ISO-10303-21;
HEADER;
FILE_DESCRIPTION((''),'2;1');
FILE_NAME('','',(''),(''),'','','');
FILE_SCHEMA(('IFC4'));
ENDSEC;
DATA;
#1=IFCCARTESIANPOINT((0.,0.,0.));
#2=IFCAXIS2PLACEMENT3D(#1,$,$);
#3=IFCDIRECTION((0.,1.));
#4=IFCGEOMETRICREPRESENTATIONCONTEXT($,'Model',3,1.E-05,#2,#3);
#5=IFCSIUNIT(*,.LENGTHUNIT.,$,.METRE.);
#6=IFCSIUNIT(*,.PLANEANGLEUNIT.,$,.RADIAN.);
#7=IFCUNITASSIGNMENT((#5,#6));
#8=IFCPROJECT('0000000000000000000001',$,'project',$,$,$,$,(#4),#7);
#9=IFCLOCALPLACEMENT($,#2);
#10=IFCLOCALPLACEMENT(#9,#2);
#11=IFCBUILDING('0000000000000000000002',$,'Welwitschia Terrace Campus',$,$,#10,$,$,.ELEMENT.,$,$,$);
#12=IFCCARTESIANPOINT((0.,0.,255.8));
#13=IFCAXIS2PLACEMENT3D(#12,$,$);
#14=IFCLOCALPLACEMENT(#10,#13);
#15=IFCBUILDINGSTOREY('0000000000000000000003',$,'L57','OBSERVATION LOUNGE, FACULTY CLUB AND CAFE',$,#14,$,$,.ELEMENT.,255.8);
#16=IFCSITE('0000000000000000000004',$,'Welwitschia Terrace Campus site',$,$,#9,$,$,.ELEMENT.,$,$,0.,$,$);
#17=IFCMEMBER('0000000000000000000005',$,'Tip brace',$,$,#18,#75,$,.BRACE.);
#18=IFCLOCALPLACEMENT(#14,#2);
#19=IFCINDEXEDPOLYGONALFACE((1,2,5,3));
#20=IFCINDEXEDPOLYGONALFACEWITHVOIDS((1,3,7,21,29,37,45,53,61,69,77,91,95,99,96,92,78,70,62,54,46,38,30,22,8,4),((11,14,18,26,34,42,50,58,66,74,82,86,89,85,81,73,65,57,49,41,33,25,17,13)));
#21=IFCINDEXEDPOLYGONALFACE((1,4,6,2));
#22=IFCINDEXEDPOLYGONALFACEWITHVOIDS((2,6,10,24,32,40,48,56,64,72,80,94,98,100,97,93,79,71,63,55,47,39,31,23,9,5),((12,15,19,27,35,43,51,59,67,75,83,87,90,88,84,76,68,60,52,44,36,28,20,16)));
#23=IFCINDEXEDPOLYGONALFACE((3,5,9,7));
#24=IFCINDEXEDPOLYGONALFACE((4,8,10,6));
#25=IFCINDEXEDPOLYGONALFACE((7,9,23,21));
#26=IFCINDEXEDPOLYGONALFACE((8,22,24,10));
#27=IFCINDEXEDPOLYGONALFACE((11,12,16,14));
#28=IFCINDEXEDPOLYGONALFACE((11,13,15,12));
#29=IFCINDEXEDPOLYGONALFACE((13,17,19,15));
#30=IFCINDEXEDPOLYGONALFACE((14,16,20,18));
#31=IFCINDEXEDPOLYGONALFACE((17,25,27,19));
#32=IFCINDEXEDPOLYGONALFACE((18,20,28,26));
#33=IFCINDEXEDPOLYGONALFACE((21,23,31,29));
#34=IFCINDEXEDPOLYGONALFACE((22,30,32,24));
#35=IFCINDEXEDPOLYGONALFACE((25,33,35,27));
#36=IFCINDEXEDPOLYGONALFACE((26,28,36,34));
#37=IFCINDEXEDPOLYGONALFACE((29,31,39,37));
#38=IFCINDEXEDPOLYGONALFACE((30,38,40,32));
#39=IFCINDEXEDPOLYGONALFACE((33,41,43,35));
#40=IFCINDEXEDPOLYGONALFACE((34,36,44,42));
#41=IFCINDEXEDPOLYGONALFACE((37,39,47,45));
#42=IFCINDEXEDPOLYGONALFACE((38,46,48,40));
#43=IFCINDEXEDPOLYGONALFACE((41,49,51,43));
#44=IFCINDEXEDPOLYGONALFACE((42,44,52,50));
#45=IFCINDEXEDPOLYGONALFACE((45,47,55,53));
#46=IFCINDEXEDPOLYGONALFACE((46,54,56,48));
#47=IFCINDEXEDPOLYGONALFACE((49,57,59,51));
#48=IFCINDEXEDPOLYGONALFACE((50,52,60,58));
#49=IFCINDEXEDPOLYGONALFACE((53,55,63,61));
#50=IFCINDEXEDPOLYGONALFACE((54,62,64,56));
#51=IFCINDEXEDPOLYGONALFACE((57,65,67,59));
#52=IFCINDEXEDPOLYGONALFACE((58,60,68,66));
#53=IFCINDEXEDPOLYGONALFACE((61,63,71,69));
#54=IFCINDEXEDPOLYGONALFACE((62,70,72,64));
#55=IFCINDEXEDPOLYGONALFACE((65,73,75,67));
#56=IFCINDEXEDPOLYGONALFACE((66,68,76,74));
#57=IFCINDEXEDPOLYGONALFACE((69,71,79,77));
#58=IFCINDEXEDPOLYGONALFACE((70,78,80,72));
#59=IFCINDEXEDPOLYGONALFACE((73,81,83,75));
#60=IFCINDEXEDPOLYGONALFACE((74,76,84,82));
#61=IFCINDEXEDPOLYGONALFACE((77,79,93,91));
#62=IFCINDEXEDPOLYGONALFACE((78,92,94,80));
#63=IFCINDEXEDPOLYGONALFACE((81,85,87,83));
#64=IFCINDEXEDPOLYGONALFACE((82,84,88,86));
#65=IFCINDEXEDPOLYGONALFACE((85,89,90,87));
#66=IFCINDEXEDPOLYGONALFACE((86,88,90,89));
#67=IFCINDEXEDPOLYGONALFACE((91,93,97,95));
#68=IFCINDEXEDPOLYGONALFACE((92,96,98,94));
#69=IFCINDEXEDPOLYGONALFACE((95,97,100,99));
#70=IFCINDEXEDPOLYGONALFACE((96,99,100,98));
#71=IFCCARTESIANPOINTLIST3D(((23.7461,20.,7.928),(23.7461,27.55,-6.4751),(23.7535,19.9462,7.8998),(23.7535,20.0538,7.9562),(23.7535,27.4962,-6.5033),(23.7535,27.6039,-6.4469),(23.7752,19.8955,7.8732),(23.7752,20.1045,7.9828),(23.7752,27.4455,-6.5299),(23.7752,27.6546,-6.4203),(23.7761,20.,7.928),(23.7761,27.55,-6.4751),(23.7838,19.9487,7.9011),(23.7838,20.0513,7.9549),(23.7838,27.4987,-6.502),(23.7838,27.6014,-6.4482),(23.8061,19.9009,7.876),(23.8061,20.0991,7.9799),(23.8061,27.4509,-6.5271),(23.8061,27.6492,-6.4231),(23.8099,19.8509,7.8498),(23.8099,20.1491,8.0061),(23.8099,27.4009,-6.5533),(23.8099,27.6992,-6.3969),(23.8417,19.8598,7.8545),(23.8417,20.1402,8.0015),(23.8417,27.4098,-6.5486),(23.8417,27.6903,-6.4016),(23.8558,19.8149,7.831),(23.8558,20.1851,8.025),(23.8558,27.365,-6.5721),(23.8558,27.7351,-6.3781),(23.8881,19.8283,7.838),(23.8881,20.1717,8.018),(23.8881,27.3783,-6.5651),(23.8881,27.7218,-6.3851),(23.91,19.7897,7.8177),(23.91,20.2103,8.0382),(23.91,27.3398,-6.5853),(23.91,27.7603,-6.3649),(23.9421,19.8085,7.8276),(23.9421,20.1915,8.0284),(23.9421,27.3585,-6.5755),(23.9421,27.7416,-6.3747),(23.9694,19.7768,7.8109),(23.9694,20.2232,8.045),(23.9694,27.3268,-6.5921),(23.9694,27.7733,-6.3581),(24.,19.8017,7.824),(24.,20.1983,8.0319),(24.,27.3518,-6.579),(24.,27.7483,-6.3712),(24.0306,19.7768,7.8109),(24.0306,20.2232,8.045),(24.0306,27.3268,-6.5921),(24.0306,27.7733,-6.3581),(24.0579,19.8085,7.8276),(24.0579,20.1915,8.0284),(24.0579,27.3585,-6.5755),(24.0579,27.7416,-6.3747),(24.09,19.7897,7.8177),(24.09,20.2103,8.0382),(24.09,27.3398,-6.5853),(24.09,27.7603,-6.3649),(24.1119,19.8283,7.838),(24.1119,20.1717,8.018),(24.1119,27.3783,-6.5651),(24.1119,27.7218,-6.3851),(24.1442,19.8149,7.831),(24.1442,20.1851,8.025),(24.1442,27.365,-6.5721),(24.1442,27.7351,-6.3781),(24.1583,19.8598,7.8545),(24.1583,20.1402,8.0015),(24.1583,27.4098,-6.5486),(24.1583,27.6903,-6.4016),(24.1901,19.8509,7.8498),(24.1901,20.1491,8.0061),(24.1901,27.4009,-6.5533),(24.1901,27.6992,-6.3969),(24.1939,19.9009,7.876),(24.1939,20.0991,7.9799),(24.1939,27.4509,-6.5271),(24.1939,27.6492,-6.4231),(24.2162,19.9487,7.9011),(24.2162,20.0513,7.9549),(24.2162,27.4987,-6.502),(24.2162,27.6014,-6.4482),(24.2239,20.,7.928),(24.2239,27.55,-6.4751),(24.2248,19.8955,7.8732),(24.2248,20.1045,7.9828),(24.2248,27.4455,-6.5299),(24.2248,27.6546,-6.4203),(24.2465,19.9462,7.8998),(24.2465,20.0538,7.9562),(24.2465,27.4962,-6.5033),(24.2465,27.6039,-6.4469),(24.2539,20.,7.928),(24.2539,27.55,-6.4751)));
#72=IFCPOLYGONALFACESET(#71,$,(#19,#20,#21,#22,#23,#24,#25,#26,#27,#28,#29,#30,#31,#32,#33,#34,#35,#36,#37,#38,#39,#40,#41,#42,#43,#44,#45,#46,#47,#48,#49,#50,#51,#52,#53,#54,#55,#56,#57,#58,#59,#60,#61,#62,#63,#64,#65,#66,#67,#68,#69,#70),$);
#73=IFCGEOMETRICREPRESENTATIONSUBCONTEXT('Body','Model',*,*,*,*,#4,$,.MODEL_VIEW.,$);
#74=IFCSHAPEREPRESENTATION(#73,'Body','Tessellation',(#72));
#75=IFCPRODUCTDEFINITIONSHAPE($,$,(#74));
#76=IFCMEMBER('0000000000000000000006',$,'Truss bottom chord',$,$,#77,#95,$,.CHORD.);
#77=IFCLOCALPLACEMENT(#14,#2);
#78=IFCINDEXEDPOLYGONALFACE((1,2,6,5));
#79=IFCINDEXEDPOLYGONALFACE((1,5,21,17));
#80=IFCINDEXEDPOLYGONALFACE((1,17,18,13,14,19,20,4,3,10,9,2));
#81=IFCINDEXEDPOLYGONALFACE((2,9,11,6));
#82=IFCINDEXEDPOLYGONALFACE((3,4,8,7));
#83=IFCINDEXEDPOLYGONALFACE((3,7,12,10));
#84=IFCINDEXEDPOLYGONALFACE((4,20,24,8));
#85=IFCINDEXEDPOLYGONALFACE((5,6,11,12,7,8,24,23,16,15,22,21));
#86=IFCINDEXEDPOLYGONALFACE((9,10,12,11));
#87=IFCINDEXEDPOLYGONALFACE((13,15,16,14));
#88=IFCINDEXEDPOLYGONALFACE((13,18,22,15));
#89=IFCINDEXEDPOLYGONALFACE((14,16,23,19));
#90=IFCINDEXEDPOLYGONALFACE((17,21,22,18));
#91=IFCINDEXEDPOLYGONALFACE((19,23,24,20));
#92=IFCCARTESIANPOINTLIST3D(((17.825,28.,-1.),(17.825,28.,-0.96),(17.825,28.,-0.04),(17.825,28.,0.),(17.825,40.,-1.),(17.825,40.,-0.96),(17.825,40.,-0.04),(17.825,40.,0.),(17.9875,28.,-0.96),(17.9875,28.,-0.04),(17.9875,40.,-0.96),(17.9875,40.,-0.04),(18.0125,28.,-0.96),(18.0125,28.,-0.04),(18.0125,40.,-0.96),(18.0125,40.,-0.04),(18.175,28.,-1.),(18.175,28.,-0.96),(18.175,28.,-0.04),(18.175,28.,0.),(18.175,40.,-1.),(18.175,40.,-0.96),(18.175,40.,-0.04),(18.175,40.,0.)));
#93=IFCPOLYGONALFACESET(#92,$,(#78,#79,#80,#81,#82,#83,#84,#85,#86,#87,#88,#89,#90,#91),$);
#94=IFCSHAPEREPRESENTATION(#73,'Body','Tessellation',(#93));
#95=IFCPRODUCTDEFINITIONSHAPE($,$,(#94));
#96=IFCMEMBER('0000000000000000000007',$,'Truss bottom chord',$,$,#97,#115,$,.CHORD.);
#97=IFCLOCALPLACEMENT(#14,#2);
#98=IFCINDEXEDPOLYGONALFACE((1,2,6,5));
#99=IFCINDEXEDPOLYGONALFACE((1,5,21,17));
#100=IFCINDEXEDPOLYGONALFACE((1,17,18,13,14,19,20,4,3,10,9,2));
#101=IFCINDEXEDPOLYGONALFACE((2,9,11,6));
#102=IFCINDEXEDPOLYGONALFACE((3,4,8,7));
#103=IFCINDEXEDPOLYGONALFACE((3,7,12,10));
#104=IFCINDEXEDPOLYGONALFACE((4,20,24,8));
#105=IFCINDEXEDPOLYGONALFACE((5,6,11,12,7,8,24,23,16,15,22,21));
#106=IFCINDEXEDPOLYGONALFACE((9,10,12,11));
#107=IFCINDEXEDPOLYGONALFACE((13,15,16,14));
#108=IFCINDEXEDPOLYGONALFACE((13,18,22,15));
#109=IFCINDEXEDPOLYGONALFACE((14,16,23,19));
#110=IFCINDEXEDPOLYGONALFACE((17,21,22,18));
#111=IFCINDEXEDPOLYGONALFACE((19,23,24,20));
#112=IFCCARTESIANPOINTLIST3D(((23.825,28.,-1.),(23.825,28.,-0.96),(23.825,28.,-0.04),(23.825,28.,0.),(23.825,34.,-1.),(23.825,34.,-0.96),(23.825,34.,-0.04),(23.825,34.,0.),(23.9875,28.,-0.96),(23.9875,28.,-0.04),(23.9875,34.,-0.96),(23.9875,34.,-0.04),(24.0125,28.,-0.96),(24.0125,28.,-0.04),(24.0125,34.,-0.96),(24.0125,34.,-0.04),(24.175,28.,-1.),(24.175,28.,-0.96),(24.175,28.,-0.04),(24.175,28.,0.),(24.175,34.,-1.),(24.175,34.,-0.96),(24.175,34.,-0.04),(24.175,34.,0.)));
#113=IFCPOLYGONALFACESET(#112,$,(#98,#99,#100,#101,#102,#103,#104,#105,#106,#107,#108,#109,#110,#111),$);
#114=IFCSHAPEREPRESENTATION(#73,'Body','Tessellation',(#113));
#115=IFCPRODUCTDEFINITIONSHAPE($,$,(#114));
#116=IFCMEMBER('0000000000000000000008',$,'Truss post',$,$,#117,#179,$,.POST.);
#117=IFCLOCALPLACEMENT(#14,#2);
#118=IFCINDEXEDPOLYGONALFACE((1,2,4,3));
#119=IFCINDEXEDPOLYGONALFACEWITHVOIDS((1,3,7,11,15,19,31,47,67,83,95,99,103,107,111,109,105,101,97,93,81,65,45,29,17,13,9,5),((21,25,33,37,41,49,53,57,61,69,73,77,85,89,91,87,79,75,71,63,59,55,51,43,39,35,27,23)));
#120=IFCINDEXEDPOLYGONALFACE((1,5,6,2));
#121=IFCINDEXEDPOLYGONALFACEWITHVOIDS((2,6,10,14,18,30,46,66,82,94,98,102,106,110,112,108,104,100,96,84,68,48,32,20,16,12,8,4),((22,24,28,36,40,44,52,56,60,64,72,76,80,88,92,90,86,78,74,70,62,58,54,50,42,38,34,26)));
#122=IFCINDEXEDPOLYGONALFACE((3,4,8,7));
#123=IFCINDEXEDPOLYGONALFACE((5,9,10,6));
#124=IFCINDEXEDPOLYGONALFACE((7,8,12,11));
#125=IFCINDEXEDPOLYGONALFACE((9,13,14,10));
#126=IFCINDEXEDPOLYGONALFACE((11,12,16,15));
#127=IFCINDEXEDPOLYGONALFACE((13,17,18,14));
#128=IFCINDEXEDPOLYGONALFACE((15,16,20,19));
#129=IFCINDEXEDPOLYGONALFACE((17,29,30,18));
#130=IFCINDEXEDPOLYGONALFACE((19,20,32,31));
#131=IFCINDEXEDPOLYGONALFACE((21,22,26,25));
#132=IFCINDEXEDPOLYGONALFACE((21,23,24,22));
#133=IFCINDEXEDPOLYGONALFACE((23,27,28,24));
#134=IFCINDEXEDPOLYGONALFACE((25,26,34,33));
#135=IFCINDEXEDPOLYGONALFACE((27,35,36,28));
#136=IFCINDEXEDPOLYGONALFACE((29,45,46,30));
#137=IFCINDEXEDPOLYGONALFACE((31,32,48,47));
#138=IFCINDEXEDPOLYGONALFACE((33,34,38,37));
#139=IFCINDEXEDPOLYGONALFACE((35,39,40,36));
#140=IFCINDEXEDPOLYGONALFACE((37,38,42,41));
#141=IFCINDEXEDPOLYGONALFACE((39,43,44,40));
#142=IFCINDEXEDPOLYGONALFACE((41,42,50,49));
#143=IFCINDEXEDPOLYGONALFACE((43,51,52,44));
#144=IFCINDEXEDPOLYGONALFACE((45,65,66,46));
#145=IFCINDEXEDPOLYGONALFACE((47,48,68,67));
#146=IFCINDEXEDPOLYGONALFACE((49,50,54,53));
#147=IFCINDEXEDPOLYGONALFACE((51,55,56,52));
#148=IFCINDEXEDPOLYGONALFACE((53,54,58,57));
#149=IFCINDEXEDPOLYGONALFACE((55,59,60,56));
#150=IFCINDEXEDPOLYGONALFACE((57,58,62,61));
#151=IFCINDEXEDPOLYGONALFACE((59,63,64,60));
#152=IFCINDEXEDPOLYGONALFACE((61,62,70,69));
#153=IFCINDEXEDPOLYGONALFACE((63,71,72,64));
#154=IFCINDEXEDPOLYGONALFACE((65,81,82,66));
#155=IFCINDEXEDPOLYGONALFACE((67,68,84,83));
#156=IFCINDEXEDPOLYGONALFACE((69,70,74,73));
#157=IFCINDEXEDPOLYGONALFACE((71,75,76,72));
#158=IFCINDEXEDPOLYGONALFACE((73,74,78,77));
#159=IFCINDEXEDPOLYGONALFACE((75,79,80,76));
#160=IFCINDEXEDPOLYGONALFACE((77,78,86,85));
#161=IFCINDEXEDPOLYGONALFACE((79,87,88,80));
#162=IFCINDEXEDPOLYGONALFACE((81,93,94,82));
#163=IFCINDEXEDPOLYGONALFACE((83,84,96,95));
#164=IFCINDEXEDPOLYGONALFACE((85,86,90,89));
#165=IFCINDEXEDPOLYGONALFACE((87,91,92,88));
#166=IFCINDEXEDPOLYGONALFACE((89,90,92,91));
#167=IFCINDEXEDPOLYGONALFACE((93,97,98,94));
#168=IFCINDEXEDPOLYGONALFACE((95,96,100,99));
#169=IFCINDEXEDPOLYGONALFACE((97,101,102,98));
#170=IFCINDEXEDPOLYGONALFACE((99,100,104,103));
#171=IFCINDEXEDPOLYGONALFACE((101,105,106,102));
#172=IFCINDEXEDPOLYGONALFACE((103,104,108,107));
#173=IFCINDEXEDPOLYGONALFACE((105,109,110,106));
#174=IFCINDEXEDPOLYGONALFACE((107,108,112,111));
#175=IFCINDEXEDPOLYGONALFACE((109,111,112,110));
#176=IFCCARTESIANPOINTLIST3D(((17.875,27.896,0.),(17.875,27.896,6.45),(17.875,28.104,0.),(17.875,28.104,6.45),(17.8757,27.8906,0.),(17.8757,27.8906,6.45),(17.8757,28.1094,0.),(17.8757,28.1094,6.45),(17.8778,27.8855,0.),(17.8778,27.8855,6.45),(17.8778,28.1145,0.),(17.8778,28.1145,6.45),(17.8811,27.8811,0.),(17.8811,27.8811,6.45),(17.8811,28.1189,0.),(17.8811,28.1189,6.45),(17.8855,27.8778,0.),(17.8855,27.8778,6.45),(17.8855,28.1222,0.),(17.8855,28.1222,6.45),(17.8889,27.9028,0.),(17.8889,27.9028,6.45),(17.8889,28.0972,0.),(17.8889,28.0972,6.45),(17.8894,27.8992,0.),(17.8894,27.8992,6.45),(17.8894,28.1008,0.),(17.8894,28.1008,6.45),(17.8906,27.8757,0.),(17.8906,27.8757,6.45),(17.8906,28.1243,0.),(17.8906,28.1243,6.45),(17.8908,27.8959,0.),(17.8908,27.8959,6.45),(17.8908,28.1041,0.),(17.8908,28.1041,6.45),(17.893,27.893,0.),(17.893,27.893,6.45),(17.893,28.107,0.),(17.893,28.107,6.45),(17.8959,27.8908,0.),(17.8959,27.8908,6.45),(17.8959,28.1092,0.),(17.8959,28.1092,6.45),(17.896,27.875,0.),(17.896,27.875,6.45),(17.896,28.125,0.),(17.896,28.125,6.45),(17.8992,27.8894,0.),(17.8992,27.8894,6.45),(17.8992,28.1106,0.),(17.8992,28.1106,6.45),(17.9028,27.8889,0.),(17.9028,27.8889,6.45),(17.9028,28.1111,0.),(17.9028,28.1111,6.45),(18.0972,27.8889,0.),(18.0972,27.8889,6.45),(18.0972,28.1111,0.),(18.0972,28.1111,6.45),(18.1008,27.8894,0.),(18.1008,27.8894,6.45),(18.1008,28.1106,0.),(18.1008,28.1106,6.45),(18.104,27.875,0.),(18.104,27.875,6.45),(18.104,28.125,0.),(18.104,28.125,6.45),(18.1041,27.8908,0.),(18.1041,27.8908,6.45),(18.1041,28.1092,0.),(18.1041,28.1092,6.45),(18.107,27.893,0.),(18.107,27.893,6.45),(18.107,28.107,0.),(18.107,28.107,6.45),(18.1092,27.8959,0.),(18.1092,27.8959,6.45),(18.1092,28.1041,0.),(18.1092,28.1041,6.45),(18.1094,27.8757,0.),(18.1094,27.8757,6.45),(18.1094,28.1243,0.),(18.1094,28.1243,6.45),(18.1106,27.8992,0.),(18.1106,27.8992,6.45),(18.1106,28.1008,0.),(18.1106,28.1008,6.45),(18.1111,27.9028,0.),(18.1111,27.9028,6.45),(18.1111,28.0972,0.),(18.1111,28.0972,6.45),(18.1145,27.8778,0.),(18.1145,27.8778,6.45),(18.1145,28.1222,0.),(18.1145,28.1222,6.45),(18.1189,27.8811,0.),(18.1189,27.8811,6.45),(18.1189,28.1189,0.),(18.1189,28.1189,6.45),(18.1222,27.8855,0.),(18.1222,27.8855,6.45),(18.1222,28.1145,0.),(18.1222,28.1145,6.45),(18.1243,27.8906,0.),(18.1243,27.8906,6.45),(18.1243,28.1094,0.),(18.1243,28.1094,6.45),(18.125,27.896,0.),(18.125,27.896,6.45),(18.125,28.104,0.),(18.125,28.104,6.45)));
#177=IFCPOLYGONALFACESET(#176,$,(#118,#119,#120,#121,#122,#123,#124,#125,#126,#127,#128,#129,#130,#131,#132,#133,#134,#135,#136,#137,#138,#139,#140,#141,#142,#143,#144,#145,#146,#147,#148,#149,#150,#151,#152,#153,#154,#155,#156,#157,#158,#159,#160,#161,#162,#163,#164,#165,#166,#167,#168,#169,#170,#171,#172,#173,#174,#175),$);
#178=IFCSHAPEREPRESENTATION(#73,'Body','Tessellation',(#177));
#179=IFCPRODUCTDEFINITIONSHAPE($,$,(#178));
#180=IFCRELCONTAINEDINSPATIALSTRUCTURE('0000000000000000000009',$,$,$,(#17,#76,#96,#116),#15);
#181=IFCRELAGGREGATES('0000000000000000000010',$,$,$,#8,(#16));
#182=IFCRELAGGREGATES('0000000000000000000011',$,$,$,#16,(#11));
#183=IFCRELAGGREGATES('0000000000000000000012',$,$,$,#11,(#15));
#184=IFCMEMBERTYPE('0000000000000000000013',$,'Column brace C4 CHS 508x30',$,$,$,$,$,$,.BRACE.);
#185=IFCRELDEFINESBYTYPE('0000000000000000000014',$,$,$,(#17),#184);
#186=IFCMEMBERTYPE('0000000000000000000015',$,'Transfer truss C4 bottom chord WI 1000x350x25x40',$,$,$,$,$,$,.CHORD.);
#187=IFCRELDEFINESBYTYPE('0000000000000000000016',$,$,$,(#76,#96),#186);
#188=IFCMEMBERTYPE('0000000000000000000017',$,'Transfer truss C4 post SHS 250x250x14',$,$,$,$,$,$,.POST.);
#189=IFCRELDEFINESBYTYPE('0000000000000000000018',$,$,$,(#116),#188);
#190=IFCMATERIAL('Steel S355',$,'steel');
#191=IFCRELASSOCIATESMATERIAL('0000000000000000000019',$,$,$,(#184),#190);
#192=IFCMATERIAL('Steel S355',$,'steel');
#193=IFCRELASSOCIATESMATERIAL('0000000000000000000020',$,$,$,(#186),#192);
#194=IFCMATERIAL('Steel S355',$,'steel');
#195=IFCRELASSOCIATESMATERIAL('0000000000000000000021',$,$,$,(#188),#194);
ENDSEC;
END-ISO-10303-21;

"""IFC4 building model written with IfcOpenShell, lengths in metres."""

from ifc_helpers import new_model, si_unit, direction, frame, origin, origin_2d, place, context, subcontext, project, spatial, hollow_rectangle, hollow_circle, i_section, extrude, material, material_profile, profile_set, type_object, element, save


model = new_model("IFC4")

# Units and contexts
model_context = context("Model", 3, precision=1e-05, world=origin(), true_north=direction((0.0, 1.0)))
body_context = subcontext(model_context, "Body", "Model", "MODEL_VIEW")
ifc_project = project(units=[si_unit("LENGTHUNIT", "METRE"), si_unit("PLANEANGLEUNIT", "RADIAN")], contexts=[model_context])

# Site, building, storey
site_placement = place(None, origin())
site = spatial("IfcSite", under=ifc_project, at=site_placement, Name="Welwitschia Terrace Campus site", CompositionType="ELEMENT", RefElevation=0.0)
building_placement = place(site_placement, origin())
building = spatial("IfcBuilding", under=site, at=building_placement, Name="Welwitschia Terrace Campus", CompositionType="ELEMENT")
storey_placement = place(building_placement, frame((0.0, 0.0, 255.8)))
storey = spatial("IfcBuildingStorey", under=building, at=storey_placement, Name="L57", Description="OBSERVATION LOUNGE, FACULTY CLUB AND CAFE", CompositionType="ELEMENT", Elevation=255.8)

# Members
ifc_material_1 = material(Name="Steel S355", Category="steel")
ifc_material_profile_1 = material_profile(ifc_material_1, hollow_circle(Radius=0.2539, WallThickness=0.03, at=origin_2d()))
ifc_profile_set_1 = profile_set([ifc_material_profile_1], Name="Steel S355")
member_type_1 = type_object("IfcMemberType", Name="Column brace C4 CHS 508x30", PredefinedType="BRACE", material=ifc_profile_set_1)
member_1_placement = place(storey_placement, frame((24.0, 27.55, -6.4751), z_axis=(0.0, -0.464276, 0.88569), x_axis=(1.0, 0.0, 0.0)))
element("IfcMember", 1, at=member_1_placement, inside=storey, type_object=member_type_1, Name="Tip brace", PredefinedType="BRACE", context=body_context, shape_type="SweptSolid", body=[
    extrude(hollow_circle(Radius=0.2539, WallThickness=0.03, at=origin_2d()), origin(), (0.0, 0.0, 1.0), 16.262),
])
ifc_material_2 = material(Name="Steel S355", Category="steel")
ifc_material_profile_2 = material_profile(ifc_material_2, i_section(OverallWidth=0.3501, OverallDepth=1.0, WebThickness=0.0249, FlangeThickness=0.04, at=origin_2d()))
ifc_profile_set_2 = profile_set([ifc_material_profile_2], Name="Steel S355")
member_type_2 = type_object("IfcMemberType", Name="Transfer truss C4 bottom chord WI 1000x350x25x40", PredefinedType="CHORD", material=ifc_profile_set_2)
member_2_placement = place(storey_placement, frame((18.0, 28.0, -0.5), z_axis=(0.0, 1.0, 0.0), x_axis=(-1.0, 0.0, 0.0)))
element("IfcMember", 2, at=member_2_placement, inside=storey, type_object=member_type_2, Name="Truss bottom chord", PredefinedType="CHORD", context=body_context, shape_type="SweptSolid", body=[
    extrude(i_section(OverallWidth=0.3501, OverallDepth=1.0, WebThickness=0.0249, FlangeThickness=0.04, at=origin_2d()), origin(), (0.0, 0.0, 1.0), 12.0),
])
member_3_placement = place(storey_placement, frame((24.0, 28.0, -0.5), z_axis=(0.0, 1.0, 0.0), x_axis=(-1.0, 0.0, 0.0)))
element("IfcMember", 3, at=member_3_placement, inside=storey, type_object=member_type_2, Name="Truss bottom chord", PredefinedType="CHORD", context=body_context, shape_type="SweptSolid", body=[
    extrude(i_section(OverallWidth=0.3501, OverallDepth=1.0, WebThickness=0.0249, FlangeThickness=0.04, at=origin_2d()), origin(), (0.0, 0.0, 1.0), 6.0),
])
ifc_material_3 = material(Name="Steel S355", Category="steel")
ifc_material_profile_3 = material_profile(ifc_material_3, hollow_rectangle(XDim=0.25, YDim=0.25, WallThickness=0.0139, InnerFilletRadius=0.0139, OuterFilletRadius=0.021, at=origin_2d()))
ifc_profile_set_3 = profile_set([ifc_material_profile_3], Name="Steel S355")
member_type_3 = type_object("IfcMemberType", Name="Transfer truss C4 post SHS 250x250x14", PredefinedType="POST", material=ifc_profile_set_3)
for number, where, z_axis, x_axis, name in (
    (4, (18.0, 28.0, 0.0), (0.0, 0.0, 1.0), (1.0, 0.0, 0.0), "Truss post"),
):
    element("IfcMember", number, at=place(storey_placement, frame(where, z_axis=z_axis, x_axis=x_axis)), inside=storey, type_object=member_type_3, Name=name, PredefinedType="POST", context=body_context, shape_type="SweptSolid", body=[
        extrude(hollow_rectangle(XDim=0.25, YDim=0.25, WallThickness=0.0139, InnerFilletRadius=0.0139, OuterFilletRadius=0.021, at=origin_2d()), origin(), (0.0, 0.0, 1.0), 6.45),
    ])

save(model, "model.ifc")
